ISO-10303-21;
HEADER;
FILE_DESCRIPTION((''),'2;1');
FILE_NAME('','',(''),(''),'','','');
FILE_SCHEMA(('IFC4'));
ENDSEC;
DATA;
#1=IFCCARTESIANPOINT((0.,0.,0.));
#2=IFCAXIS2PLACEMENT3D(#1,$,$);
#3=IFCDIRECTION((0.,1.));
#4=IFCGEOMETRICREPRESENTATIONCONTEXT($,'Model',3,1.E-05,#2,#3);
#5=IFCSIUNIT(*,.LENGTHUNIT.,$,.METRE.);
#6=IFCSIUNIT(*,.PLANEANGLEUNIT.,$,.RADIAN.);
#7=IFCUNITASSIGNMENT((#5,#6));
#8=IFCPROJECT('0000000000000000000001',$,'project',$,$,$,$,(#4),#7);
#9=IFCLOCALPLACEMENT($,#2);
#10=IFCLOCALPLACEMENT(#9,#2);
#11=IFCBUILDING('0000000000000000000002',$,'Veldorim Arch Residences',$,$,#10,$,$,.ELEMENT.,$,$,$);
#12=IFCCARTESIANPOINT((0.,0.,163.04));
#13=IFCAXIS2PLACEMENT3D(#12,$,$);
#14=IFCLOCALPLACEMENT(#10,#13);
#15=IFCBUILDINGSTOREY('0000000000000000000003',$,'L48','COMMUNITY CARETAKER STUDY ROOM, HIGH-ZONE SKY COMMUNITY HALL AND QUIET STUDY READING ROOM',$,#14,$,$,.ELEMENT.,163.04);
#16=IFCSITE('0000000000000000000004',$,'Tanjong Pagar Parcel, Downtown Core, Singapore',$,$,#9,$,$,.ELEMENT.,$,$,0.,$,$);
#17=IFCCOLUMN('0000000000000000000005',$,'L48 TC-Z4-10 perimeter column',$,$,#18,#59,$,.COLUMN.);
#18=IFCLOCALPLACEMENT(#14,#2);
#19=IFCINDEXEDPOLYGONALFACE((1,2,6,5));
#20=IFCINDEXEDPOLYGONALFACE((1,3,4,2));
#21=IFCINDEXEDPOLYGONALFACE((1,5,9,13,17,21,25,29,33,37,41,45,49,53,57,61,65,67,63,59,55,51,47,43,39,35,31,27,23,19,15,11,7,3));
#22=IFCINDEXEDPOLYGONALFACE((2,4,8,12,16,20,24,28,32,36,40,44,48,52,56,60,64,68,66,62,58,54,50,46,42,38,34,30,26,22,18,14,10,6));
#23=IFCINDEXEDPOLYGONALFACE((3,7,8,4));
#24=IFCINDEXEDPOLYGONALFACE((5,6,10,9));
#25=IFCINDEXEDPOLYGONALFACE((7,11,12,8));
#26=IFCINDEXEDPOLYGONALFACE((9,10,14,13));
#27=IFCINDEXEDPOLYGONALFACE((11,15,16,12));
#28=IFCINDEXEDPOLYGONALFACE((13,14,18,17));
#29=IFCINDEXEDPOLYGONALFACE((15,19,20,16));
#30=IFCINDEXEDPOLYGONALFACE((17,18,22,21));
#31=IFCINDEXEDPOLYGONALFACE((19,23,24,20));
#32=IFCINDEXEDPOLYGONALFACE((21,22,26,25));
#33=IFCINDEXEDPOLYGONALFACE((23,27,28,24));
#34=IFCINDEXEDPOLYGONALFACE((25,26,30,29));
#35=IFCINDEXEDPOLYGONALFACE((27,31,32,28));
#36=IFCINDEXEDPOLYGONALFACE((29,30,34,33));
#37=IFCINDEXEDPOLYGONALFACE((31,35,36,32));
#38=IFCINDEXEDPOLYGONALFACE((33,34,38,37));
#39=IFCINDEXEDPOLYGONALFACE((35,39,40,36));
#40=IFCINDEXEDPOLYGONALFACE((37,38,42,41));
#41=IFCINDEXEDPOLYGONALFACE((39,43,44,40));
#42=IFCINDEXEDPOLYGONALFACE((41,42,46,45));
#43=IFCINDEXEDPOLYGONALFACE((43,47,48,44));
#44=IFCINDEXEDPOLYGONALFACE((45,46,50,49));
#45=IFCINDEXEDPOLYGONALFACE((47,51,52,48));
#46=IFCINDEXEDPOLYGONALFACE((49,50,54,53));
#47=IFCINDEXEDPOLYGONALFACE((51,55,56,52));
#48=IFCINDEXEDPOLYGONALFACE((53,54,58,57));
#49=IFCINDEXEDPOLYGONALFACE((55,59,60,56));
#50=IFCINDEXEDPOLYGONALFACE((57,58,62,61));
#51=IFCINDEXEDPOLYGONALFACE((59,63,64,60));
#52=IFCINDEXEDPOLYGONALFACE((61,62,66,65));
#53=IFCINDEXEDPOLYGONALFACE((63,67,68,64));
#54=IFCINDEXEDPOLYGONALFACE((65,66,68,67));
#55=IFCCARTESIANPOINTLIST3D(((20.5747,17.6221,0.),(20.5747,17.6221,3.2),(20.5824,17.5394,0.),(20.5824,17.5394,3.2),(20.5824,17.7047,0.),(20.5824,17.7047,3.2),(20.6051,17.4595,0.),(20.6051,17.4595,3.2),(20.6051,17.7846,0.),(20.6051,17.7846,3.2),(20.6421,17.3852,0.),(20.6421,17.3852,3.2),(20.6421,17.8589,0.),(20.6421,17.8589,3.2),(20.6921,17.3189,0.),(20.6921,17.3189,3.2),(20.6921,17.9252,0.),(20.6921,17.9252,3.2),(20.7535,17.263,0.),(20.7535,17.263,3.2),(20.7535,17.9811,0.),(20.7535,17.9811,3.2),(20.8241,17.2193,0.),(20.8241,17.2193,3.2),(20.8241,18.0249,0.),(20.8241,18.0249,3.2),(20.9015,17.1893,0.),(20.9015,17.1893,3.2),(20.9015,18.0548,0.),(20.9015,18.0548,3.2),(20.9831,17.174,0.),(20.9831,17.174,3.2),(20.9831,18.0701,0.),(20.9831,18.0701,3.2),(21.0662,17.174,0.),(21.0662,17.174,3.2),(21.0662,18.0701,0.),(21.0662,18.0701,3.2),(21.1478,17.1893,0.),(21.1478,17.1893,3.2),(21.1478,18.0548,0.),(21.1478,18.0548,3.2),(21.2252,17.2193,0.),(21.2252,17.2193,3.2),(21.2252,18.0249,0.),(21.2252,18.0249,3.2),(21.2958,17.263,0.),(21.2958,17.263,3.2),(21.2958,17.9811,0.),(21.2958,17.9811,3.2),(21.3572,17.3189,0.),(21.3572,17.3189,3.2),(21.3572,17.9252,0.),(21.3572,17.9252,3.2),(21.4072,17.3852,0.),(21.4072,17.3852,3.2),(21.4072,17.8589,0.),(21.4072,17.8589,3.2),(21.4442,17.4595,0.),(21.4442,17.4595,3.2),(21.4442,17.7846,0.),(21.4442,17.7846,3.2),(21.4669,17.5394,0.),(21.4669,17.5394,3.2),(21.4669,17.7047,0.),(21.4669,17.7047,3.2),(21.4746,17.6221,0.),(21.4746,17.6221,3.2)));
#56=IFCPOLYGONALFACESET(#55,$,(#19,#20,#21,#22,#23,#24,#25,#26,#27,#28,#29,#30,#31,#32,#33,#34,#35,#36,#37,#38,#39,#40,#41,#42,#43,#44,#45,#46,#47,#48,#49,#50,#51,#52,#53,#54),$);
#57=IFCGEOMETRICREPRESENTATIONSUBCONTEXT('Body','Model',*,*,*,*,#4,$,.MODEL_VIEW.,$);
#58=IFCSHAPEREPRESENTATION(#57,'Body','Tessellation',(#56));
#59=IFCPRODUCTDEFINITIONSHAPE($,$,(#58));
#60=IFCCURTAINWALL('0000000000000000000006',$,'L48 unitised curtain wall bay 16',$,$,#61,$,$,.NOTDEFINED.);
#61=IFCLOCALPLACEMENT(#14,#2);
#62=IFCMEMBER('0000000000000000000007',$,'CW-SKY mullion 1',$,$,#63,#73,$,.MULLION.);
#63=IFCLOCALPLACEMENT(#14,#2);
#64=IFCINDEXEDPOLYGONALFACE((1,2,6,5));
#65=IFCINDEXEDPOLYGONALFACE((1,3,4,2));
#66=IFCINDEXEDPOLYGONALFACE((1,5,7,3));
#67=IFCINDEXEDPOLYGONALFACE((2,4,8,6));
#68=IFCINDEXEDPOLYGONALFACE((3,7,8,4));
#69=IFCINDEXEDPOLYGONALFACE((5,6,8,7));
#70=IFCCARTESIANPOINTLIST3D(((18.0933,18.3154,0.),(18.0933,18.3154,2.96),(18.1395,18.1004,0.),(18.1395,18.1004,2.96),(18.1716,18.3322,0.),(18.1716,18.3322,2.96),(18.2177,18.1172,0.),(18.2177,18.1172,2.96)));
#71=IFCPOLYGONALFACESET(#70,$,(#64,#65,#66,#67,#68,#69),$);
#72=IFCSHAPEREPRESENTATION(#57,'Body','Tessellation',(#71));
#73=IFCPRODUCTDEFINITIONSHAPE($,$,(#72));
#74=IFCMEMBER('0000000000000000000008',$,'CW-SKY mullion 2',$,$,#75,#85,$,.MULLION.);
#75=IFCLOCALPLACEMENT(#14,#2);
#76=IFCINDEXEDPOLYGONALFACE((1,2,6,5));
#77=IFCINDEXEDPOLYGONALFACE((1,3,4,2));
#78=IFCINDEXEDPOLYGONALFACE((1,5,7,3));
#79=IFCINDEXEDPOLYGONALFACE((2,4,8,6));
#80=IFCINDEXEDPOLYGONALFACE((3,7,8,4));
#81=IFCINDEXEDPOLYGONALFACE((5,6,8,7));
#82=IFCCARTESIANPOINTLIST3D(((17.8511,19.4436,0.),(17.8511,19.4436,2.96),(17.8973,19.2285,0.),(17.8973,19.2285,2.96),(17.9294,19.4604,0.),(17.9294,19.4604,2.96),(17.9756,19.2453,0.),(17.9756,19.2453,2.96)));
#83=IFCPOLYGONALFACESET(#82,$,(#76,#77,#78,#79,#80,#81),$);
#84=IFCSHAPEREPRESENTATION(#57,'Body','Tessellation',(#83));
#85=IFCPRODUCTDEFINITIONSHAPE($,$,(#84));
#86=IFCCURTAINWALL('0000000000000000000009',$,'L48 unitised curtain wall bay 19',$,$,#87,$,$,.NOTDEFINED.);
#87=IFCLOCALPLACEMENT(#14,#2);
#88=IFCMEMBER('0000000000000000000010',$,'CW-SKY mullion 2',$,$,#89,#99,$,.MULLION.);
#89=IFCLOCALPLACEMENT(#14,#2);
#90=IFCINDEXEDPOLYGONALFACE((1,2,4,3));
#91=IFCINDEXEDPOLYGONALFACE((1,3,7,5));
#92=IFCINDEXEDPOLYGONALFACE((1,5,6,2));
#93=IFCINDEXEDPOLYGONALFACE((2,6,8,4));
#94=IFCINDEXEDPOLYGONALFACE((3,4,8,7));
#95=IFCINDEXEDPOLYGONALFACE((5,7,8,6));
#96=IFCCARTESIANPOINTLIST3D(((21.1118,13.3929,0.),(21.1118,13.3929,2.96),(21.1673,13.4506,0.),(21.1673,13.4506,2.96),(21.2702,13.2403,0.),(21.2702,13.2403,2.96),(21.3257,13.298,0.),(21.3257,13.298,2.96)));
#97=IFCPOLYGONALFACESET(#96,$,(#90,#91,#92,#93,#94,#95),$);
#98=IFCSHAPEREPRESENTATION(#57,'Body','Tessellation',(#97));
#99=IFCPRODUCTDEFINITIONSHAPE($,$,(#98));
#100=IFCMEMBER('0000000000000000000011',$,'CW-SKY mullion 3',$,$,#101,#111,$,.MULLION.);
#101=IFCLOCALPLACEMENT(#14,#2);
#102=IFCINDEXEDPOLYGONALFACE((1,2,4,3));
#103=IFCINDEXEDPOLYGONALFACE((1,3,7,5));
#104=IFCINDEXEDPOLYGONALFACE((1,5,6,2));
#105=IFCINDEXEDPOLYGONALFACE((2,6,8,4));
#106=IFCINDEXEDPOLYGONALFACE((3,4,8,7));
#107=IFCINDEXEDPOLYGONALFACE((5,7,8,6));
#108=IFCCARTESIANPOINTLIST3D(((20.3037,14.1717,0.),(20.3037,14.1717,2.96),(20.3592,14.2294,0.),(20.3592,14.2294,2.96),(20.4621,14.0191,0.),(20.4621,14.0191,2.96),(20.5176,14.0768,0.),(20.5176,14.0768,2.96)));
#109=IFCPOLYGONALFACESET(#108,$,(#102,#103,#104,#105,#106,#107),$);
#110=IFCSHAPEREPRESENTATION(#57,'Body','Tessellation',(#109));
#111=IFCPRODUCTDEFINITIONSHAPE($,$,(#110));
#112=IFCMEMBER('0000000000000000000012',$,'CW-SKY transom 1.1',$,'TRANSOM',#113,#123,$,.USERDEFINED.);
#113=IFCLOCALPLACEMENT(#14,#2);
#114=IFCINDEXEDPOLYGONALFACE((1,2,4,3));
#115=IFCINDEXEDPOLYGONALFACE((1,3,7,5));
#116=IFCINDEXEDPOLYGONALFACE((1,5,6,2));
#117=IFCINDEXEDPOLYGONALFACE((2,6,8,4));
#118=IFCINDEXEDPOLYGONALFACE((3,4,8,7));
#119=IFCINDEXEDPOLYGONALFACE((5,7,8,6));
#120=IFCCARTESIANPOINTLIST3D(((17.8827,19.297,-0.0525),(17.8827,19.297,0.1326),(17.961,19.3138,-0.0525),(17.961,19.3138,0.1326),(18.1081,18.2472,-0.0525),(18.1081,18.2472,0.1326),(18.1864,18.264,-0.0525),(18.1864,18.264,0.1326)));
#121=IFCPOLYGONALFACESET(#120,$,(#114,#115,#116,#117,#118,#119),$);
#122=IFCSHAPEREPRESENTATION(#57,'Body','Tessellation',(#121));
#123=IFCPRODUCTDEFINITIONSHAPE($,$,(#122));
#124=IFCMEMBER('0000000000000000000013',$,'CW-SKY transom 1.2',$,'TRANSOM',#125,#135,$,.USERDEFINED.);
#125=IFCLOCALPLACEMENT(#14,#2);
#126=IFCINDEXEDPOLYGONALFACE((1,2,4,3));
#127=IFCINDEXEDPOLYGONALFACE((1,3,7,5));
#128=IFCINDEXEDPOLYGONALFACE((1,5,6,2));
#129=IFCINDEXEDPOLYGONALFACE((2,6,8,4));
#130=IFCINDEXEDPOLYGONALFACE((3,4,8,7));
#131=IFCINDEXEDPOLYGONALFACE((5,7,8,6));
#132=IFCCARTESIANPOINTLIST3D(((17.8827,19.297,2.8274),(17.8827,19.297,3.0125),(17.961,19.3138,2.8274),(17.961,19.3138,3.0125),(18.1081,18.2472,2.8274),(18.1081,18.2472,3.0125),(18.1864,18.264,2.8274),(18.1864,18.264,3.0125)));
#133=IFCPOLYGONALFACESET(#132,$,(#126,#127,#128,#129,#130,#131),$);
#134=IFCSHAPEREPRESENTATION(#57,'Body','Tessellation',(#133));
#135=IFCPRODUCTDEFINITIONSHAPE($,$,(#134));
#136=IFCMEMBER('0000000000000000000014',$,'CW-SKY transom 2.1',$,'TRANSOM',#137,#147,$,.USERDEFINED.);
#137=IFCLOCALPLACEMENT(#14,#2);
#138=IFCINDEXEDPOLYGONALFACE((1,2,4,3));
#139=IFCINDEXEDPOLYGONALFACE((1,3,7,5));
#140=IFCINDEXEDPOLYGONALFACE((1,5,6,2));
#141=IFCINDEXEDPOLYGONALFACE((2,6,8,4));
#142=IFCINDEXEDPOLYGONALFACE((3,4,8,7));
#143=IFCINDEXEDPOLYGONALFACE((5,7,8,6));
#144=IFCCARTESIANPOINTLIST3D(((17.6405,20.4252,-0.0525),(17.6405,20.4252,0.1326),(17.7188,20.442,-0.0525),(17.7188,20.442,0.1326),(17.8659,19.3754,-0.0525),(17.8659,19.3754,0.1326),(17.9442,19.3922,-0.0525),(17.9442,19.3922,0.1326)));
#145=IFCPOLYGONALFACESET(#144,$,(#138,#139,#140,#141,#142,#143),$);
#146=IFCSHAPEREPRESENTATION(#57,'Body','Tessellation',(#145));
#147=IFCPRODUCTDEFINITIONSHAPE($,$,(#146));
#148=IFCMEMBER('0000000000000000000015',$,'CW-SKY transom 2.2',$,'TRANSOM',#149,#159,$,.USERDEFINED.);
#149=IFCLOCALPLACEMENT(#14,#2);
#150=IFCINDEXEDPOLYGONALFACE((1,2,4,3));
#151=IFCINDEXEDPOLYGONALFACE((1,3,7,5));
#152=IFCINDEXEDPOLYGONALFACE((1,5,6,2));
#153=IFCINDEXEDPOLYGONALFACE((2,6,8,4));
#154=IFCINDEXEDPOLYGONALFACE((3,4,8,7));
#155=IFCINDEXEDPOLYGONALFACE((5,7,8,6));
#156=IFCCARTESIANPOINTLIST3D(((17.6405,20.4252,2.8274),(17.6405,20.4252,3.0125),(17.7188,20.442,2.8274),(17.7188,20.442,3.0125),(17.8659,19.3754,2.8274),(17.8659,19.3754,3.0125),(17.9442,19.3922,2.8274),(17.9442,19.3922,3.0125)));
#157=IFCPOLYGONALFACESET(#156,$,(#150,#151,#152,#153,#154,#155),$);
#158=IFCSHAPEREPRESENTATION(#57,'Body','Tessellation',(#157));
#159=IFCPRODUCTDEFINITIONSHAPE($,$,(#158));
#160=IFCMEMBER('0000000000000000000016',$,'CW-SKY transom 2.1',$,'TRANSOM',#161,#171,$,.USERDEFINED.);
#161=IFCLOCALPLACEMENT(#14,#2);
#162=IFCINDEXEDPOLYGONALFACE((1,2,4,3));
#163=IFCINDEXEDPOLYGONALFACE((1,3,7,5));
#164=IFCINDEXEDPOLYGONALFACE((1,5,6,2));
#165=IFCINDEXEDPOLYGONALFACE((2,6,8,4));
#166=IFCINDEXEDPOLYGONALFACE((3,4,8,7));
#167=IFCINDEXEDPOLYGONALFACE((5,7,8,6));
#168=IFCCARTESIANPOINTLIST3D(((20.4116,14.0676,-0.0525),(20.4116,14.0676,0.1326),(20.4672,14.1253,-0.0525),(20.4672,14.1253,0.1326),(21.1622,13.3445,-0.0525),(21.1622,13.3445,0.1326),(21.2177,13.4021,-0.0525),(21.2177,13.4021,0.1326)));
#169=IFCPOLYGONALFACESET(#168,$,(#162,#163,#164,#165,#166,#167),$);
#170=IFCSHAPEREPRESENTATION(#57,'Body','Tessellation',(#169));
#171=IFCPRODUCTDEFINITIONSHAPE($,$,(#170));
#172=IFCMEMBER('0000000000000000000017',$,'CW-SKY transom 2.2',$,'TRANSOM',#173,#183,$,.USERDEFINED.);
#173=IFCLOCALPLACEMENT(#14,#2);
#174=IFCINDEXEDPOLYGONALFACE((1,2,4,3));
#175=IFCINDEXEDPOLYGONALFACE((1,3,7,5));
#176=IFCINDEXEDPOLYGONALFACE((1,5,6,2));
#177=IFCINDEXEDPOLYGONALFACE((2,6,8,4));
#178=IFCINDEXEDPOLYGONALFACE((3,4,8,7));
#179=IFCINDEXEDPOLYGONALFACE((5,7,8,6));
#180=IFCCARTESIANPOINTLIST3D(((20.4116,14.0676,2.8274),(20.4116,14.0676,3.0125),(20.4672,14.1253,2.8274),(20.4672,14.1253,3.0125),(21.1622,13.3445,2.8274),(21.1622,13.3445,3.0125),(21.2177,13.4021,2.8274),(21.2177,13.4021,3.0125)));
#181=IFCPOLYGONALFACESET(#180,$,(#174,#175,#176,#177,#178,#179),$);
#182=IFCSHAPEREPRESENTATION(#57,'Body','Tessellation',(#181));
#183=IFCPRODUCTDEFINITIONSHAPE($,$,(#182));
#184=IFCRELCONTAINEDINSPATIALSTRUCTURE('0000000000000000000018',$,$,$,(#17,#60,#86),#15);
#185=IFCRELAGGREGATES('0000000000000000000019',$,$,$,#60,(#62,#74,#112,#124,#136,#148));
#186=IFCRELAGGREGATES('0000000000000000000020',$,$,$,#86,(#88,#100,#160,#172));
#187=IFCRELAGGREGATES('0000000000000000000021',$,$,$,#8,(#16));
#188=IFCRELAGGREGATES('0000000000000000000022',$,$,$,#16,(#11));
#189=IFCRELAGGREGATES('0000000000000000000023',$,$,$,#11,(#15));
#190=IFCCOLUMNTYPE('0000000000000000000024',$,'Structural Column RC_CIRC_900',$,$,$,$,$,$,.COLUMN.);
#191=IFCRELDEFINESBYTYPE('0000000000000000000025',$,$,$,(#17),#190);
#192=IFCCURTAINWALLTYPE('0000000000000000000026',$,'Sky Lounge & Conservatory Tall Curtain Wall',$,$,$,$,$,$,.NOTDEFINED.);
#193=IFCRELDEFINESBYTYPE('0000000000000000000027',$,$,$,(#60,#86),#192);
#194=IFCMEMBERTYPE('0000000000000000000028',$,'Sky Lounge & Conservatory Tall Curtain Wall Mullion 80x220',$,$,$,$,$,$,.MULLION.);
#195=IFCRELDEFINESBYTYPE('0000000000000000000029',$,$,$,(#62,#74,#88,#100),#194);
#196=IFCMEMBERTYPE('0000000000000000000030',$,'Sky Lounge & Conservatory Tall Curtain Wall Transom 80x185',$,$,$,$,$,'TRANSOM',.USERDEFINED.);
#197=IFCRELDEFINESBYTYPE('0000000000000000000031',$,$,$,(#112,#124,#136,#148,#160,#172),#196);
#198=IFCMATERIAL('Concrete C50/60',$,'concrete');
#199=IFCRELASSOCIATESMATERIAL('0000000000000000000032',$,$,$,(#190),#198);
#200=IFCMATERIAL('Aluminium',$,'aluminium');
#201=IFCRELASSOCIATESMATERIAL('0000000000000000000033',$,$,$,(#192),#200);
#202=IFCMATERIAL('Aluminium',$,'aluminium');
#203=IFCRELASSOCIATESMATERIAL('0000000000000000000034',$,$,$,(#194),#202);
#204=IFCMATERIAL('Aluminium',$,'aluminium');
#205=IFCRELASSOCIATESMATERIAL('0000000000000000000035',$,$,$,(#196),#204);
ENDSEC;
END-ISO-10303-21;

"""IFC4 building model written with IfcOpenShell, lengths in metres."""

from ifc_helpers import new_model, si_unit, direction, frame, origin, origin_2d, place, context, subcontext, project, spatial, rectangle, circle, extrude, material, material_profile, profile_set, type_object, element, aggregate, save


model = new_model("IFC4")

# Units and contexts
model_context = context("Model", 3, precision=1e-05, world=origin(), true_north=direction((0.0, 1.0)))
body_context = subcontext(model_context, "Body", "Model", "MODEL_VIEW")
ifc_project = project(units=[si_unit("LENGTHUNIT", "METRE"), si_unit("PLANEANGLEUNIT", "RADIAN")], contexts=[model_context])

# Site, building, storey
site_placement = place(None, origin())
site = spatial("IfcSite", under=ifc_project, at=site_placement, Name="Tanjong Pagar Parcel, Downtown Core, Singapore", CompositionType="ELEMENT", RefElevation=0.0)
building_placement = place(site_placement, origin())
building = spatial("IfcBuilding", under=site, at=building_placement, Name="Veldorim Arch Residences", CompositionType="ELEMENT")
storey_placement = place(building_placement, frame((0.0, 0.0, 163.04)))
storey = spatial("IfcBuildingStorey", under=building, at=storey_placement, Name="L48", Description="COMMUNITY CARETAKER STUDY ROOM, HIGH-ZONE SKY COMMUNITY HALL AND QUIET STUDY READING ROOM", CompositionType="ELEMENT", Elevation=163.04)

# Column
ifc_material_1 = material(Name="Concrete C50/60", Category="concrete")
ifc_material_profile_1 = material_profile(ifc_material_1, circle(Radius=0.45, at=origin_2d()), Name="RC_CIRC_900")
ifc_profile_set_1 = profile_set([ifc_material_profile_1], Name="Concrete C50/60")
column_type = type_object("IfcColumnType", Name="Structural Column RC_CIRC_900", PredefinedType="COLUMN", material=ifc_profile_set_1)
column_placement = place(storey_placement, frame((21.0247, 17.6221, 0.0), z_axis=(0.0, 0.0, 1.0), x_axis=(1.0, 0.0, 0.0)))
element("IfcColumn", 1, at=column_placement, inside=storey, type_object=column_type, Name="L48 TC-Z4-10 perimeter column", PredefinedType="COLUMN", context=body_context, shape_type="SweptSolid", body=[
    extrude(circle(Radius=0.45, at=origin_2d()), origin(), (0.0, 0.0, 1.0), 3.2),
])

# Curtain walls, members
ifc_material_2 = material(Name="Aluminium", Category="aluminium")
curtain_wall_type = type_object("IfcCurtainWallType", Name="Sky Lounge & Conservatory Tall Curtain Wall", PredefinedType="NOTDEFINED", material=ifc_material_2)
curtain_wall_1_placement = place(storey_placement, origin())
curtain_wall_1 = element("IfcCurtainWall", 2, at=curtain_wall_1_placement, inside=storey, type_object=curtain_wall_type, Name="L48 unitised curtain wall bay 16", PredefinedType="NOTDEFINED")
ifc_material_3 = material(Name="Aluminium", Category="aluminium")
ifc_material_profile_2 = material_profile(ifc_material_3, rectangle(XDim=0.0801, YDim=0.22, at=origin_2d()), Name="ALU_MUL_80x220")
ifc_profile_set_2 = profile_set([ifc_material_profile_2], Name="Aluminium")
member_type_1 = type_object("IfcMemberType", Name="Sky Lounge & Conservatory Tall Curtain Wall Mullion 80x220", PredefinedType="MULLION", material=ifc_profile_set_2)
member_1_placement = place(storey_placement, frame((18.1555, 18.2163, 0.0), z_axis=(0.0, 0.0, 1.0), x_axis=(-0.977731, -0.209861, 0.0)))
member_1 = element("IfcMember", 3, at=member_1_placement, type_object=member_type_1, Name="CW-SKY mullion 1", PredefinedType="MULLION", context=body_context, shape_type="SweptSolid", body=[
    extrude(rectangle(XDim=0.0801, YDim=0.22, at=origin_2d()), origin(), (0.0, 0.0, 1.0), 2.96),
])
member_2_placement = place(storey_placement, frame((17.9133, 19.3445, 0.0), z_axis=(0.0, 0.0, 1.0), x_axis=(-0.977731, -0.209861, 0.0)))
member_2 = element("IfcMember", 4, at=member_2_placement, type_object=member_type_1, Name="CW-SKY mullion 2", PredefinedType="MULLION", context=body_context, shape_type="SweptSolid", body=[
    extrude(rectangle(XDim=0.0801, YDim=0.22, at=origin_2d()), origin(), (0.0, 0.0, 1.0), 2.96),
])
curtain_wall_2_placement = place(storey_placement, origin())
curtain_wall_2 = element("IfcCurtainWall", 5, at=curtain_wall_2_placement, inside=storey, type_object=curtain_wall_type, Name="L48 unitised curtain wall bay 19", PredefinedType="NOTDEFINED")
member_3_placement = place(storey_placement, frame((21.2188, 13.3455, 0.0), z_axis=(0.0, 0.0, 1.0), x_axis=(-0.693821, -0.720147, 0.0)))
member_3 = element("IfcMember", 6, at=member_3_placement, type_object=member_type_1, Name="CW-SKY mullion 2", PredefinedType="MULLION", context=body_context, shape_type="SweptSolid", body=[
    extrude(rectangle(XDim=0.0801, YDim=0.22, at=origin_2d()), origin(), (0.0, 0.0, 1.0), 2.96),
])
member_4_placement = place(storey_placement, frame((20.4106, 14.1243, 0.0), z_axis=(0.0, 0.0, 1.0), x_axis=(-0.693821, -0.720147, 0.0)))
member_4 = element("IfcMember", 7, at=member_4_placement, type_object=member_type_1, Name="CW-SKY mullion 3", PredefinedType="MULLION", context=body_context, shape_type="SweptSolid", body=[
    extrude(rectangle(XDim=0.0801, YDim=0.22, at=origin_2d()), origin(), (0.0, 0.0, 1.0), 2.96),
])

# Members
ifc_material_4 = material(Name="Aluminium", Category="aluminium")
ifc_material_profile_3 = material_profile(ifc_material_4, rectangle(XDim=0.0801, YDim=0.1851, at=origin_2d()), Name="ALU_TRN_80x185")
ifc_profile_set_3 = profile_set([ifc_material_profile_3], Name="Aluminium")
member_type_2 = type_object("IfcMemberType", Name="Sky Lounge & Conservatory Tall Curtain Wall Transom 80x185", ElementType="TRANSOM", PredefinedType="USERDEFINED", material=ifc_profile_set_3)
member_5_placement = place(storey_placement, frame((18.1472, 18.2556, 0.04), z_axis=(-0.209871, 0.977729, 0.0), x_axis=(-0.977729, -0.209871, 0.0)))
member_5 = element("IfcMember", 8, at=member_5_placement, type_object=member_type_2, Name="CW-SKY transom 1.1", ObjectType="TRANSOM", PredefinedType="USERDEFINED", context=body_context, shape_type="SweptSolid", body=[
    extrude(rectangle(XDim=0.0801, YDim=0.1851, at=origin_2d()), origin(), (0.0, 0.0, 1.0), 1.0737),
])
member_6_placement = place(storey_placement, frame((18.1472, 18.2556, 2.9199), z_axis=(-0.209871, 0.977729, 0.0), x_axis=(-0.977729, -0.209871, 0.0)))
member_6 = element("IfcMember", 9, at=member_6_placement, type_object=member_type_2, Name="CW-SKY transom 1.2", ObjectType="TRANSOM", PredefinedType="USERDEFINED", context=body_context, shape_type="SweptSolid", body=[
    extrude(rectangle(XDim=0.0801, YDim=0.1851, at=origin_2d()), origin(), (0.0, 0.0, 1.0), 1.0737),
])
member_7_placement = place(storey_placement, frame((17.905, 19.3838, 0.04), z_axis=(-0.209871, 0.977729, 0.0), x_axis=(-0.977729, -0.209871, 0.0)))
member_7 = element("IfcMember", 10, at=member_7_placement, type_object=member_type_2, Name="CW-SKY transom 2.1", ObjectType="TRANSOM", PredefinedType="USERDEFINED", context=body_context, shape_type="SweptSolid", body=[
    extrude(rectangle(XDim=0.0801, YDim=0.1851, at=origin_2d()), origin(), (0.0, 0.0, 1.0), 1.0737),
])
member_8_placement = place(storey_placement, frame((17.905, 19.3838, 2.9199), z_axis=(-0.209871, 0.977729, 0.0), x_axis=(-0.977729, -0.209871, 0.0)))
member_8 = element("IfcMember", 11, at=member_8_placement, type_object=member_type_2, Name="CW-SKY transom 2.2", ObjectType="TRANSOM", PredefinedType="USERDEFINED", context=body_context, shape_type="SweptSolid", body=[
    extrude(rectangle(XDim=0.0801, YDim=0.1851, at=origin_2d()), origin(), (0.0, 0.0, 1.0), 1.0737),
])
member_9_placement = place(storey_placement, frame((21.1899, 13.3733, 0.04), z_axis=(-0.720103, 0.693867, 0.0), x_axis=(-0.693867, -0.720103, 0.0)))
member_9 = element("IfcMember", 12, at=member_9_placement, type_object=member_type_2, Name="CW-SKY transom 2.1", ObjectType="TRANSOM", PredefinedType="USERDEFINED", context=body_context, shape_type="SweptSolid", body=[
    extrude(rectangle(XDim=0.0801, YDim=0.1851, at=origin_2d()), origin(), (0.0, 0.0, 1.0), 1.0422),
])
member_10_placement = place(storey_placement, frame((21.1899, 13.3733, 2.9199), z_axis=(-0.720103, 0.693867, 0.0), x_axis=(-0.693867, -0.720103, 0.0)))
member_10 = element("IfcMember", 13, at=member_10_placement, type_object=member_type_2, Name="CW-SKY transom 2.2", ObjectType="TRANSOM", PredefinedType="USERDEFINED", context=body_context, shape_type="SweptSolid", body=[
    extrude(rectangle(XDim=0.0801, YDim=0.1851, at=origin_2d()), origin(), (0.0, 0.0, 1.0), 1.0422),
])

aggregate(curtain_wall_1, [member_1, member_2, member_5, member_6, member_7, member_8])
aggregate(curtain_wall_2, [member_3, member_4, member_9, member_10])

save(model, "model.ifc")
